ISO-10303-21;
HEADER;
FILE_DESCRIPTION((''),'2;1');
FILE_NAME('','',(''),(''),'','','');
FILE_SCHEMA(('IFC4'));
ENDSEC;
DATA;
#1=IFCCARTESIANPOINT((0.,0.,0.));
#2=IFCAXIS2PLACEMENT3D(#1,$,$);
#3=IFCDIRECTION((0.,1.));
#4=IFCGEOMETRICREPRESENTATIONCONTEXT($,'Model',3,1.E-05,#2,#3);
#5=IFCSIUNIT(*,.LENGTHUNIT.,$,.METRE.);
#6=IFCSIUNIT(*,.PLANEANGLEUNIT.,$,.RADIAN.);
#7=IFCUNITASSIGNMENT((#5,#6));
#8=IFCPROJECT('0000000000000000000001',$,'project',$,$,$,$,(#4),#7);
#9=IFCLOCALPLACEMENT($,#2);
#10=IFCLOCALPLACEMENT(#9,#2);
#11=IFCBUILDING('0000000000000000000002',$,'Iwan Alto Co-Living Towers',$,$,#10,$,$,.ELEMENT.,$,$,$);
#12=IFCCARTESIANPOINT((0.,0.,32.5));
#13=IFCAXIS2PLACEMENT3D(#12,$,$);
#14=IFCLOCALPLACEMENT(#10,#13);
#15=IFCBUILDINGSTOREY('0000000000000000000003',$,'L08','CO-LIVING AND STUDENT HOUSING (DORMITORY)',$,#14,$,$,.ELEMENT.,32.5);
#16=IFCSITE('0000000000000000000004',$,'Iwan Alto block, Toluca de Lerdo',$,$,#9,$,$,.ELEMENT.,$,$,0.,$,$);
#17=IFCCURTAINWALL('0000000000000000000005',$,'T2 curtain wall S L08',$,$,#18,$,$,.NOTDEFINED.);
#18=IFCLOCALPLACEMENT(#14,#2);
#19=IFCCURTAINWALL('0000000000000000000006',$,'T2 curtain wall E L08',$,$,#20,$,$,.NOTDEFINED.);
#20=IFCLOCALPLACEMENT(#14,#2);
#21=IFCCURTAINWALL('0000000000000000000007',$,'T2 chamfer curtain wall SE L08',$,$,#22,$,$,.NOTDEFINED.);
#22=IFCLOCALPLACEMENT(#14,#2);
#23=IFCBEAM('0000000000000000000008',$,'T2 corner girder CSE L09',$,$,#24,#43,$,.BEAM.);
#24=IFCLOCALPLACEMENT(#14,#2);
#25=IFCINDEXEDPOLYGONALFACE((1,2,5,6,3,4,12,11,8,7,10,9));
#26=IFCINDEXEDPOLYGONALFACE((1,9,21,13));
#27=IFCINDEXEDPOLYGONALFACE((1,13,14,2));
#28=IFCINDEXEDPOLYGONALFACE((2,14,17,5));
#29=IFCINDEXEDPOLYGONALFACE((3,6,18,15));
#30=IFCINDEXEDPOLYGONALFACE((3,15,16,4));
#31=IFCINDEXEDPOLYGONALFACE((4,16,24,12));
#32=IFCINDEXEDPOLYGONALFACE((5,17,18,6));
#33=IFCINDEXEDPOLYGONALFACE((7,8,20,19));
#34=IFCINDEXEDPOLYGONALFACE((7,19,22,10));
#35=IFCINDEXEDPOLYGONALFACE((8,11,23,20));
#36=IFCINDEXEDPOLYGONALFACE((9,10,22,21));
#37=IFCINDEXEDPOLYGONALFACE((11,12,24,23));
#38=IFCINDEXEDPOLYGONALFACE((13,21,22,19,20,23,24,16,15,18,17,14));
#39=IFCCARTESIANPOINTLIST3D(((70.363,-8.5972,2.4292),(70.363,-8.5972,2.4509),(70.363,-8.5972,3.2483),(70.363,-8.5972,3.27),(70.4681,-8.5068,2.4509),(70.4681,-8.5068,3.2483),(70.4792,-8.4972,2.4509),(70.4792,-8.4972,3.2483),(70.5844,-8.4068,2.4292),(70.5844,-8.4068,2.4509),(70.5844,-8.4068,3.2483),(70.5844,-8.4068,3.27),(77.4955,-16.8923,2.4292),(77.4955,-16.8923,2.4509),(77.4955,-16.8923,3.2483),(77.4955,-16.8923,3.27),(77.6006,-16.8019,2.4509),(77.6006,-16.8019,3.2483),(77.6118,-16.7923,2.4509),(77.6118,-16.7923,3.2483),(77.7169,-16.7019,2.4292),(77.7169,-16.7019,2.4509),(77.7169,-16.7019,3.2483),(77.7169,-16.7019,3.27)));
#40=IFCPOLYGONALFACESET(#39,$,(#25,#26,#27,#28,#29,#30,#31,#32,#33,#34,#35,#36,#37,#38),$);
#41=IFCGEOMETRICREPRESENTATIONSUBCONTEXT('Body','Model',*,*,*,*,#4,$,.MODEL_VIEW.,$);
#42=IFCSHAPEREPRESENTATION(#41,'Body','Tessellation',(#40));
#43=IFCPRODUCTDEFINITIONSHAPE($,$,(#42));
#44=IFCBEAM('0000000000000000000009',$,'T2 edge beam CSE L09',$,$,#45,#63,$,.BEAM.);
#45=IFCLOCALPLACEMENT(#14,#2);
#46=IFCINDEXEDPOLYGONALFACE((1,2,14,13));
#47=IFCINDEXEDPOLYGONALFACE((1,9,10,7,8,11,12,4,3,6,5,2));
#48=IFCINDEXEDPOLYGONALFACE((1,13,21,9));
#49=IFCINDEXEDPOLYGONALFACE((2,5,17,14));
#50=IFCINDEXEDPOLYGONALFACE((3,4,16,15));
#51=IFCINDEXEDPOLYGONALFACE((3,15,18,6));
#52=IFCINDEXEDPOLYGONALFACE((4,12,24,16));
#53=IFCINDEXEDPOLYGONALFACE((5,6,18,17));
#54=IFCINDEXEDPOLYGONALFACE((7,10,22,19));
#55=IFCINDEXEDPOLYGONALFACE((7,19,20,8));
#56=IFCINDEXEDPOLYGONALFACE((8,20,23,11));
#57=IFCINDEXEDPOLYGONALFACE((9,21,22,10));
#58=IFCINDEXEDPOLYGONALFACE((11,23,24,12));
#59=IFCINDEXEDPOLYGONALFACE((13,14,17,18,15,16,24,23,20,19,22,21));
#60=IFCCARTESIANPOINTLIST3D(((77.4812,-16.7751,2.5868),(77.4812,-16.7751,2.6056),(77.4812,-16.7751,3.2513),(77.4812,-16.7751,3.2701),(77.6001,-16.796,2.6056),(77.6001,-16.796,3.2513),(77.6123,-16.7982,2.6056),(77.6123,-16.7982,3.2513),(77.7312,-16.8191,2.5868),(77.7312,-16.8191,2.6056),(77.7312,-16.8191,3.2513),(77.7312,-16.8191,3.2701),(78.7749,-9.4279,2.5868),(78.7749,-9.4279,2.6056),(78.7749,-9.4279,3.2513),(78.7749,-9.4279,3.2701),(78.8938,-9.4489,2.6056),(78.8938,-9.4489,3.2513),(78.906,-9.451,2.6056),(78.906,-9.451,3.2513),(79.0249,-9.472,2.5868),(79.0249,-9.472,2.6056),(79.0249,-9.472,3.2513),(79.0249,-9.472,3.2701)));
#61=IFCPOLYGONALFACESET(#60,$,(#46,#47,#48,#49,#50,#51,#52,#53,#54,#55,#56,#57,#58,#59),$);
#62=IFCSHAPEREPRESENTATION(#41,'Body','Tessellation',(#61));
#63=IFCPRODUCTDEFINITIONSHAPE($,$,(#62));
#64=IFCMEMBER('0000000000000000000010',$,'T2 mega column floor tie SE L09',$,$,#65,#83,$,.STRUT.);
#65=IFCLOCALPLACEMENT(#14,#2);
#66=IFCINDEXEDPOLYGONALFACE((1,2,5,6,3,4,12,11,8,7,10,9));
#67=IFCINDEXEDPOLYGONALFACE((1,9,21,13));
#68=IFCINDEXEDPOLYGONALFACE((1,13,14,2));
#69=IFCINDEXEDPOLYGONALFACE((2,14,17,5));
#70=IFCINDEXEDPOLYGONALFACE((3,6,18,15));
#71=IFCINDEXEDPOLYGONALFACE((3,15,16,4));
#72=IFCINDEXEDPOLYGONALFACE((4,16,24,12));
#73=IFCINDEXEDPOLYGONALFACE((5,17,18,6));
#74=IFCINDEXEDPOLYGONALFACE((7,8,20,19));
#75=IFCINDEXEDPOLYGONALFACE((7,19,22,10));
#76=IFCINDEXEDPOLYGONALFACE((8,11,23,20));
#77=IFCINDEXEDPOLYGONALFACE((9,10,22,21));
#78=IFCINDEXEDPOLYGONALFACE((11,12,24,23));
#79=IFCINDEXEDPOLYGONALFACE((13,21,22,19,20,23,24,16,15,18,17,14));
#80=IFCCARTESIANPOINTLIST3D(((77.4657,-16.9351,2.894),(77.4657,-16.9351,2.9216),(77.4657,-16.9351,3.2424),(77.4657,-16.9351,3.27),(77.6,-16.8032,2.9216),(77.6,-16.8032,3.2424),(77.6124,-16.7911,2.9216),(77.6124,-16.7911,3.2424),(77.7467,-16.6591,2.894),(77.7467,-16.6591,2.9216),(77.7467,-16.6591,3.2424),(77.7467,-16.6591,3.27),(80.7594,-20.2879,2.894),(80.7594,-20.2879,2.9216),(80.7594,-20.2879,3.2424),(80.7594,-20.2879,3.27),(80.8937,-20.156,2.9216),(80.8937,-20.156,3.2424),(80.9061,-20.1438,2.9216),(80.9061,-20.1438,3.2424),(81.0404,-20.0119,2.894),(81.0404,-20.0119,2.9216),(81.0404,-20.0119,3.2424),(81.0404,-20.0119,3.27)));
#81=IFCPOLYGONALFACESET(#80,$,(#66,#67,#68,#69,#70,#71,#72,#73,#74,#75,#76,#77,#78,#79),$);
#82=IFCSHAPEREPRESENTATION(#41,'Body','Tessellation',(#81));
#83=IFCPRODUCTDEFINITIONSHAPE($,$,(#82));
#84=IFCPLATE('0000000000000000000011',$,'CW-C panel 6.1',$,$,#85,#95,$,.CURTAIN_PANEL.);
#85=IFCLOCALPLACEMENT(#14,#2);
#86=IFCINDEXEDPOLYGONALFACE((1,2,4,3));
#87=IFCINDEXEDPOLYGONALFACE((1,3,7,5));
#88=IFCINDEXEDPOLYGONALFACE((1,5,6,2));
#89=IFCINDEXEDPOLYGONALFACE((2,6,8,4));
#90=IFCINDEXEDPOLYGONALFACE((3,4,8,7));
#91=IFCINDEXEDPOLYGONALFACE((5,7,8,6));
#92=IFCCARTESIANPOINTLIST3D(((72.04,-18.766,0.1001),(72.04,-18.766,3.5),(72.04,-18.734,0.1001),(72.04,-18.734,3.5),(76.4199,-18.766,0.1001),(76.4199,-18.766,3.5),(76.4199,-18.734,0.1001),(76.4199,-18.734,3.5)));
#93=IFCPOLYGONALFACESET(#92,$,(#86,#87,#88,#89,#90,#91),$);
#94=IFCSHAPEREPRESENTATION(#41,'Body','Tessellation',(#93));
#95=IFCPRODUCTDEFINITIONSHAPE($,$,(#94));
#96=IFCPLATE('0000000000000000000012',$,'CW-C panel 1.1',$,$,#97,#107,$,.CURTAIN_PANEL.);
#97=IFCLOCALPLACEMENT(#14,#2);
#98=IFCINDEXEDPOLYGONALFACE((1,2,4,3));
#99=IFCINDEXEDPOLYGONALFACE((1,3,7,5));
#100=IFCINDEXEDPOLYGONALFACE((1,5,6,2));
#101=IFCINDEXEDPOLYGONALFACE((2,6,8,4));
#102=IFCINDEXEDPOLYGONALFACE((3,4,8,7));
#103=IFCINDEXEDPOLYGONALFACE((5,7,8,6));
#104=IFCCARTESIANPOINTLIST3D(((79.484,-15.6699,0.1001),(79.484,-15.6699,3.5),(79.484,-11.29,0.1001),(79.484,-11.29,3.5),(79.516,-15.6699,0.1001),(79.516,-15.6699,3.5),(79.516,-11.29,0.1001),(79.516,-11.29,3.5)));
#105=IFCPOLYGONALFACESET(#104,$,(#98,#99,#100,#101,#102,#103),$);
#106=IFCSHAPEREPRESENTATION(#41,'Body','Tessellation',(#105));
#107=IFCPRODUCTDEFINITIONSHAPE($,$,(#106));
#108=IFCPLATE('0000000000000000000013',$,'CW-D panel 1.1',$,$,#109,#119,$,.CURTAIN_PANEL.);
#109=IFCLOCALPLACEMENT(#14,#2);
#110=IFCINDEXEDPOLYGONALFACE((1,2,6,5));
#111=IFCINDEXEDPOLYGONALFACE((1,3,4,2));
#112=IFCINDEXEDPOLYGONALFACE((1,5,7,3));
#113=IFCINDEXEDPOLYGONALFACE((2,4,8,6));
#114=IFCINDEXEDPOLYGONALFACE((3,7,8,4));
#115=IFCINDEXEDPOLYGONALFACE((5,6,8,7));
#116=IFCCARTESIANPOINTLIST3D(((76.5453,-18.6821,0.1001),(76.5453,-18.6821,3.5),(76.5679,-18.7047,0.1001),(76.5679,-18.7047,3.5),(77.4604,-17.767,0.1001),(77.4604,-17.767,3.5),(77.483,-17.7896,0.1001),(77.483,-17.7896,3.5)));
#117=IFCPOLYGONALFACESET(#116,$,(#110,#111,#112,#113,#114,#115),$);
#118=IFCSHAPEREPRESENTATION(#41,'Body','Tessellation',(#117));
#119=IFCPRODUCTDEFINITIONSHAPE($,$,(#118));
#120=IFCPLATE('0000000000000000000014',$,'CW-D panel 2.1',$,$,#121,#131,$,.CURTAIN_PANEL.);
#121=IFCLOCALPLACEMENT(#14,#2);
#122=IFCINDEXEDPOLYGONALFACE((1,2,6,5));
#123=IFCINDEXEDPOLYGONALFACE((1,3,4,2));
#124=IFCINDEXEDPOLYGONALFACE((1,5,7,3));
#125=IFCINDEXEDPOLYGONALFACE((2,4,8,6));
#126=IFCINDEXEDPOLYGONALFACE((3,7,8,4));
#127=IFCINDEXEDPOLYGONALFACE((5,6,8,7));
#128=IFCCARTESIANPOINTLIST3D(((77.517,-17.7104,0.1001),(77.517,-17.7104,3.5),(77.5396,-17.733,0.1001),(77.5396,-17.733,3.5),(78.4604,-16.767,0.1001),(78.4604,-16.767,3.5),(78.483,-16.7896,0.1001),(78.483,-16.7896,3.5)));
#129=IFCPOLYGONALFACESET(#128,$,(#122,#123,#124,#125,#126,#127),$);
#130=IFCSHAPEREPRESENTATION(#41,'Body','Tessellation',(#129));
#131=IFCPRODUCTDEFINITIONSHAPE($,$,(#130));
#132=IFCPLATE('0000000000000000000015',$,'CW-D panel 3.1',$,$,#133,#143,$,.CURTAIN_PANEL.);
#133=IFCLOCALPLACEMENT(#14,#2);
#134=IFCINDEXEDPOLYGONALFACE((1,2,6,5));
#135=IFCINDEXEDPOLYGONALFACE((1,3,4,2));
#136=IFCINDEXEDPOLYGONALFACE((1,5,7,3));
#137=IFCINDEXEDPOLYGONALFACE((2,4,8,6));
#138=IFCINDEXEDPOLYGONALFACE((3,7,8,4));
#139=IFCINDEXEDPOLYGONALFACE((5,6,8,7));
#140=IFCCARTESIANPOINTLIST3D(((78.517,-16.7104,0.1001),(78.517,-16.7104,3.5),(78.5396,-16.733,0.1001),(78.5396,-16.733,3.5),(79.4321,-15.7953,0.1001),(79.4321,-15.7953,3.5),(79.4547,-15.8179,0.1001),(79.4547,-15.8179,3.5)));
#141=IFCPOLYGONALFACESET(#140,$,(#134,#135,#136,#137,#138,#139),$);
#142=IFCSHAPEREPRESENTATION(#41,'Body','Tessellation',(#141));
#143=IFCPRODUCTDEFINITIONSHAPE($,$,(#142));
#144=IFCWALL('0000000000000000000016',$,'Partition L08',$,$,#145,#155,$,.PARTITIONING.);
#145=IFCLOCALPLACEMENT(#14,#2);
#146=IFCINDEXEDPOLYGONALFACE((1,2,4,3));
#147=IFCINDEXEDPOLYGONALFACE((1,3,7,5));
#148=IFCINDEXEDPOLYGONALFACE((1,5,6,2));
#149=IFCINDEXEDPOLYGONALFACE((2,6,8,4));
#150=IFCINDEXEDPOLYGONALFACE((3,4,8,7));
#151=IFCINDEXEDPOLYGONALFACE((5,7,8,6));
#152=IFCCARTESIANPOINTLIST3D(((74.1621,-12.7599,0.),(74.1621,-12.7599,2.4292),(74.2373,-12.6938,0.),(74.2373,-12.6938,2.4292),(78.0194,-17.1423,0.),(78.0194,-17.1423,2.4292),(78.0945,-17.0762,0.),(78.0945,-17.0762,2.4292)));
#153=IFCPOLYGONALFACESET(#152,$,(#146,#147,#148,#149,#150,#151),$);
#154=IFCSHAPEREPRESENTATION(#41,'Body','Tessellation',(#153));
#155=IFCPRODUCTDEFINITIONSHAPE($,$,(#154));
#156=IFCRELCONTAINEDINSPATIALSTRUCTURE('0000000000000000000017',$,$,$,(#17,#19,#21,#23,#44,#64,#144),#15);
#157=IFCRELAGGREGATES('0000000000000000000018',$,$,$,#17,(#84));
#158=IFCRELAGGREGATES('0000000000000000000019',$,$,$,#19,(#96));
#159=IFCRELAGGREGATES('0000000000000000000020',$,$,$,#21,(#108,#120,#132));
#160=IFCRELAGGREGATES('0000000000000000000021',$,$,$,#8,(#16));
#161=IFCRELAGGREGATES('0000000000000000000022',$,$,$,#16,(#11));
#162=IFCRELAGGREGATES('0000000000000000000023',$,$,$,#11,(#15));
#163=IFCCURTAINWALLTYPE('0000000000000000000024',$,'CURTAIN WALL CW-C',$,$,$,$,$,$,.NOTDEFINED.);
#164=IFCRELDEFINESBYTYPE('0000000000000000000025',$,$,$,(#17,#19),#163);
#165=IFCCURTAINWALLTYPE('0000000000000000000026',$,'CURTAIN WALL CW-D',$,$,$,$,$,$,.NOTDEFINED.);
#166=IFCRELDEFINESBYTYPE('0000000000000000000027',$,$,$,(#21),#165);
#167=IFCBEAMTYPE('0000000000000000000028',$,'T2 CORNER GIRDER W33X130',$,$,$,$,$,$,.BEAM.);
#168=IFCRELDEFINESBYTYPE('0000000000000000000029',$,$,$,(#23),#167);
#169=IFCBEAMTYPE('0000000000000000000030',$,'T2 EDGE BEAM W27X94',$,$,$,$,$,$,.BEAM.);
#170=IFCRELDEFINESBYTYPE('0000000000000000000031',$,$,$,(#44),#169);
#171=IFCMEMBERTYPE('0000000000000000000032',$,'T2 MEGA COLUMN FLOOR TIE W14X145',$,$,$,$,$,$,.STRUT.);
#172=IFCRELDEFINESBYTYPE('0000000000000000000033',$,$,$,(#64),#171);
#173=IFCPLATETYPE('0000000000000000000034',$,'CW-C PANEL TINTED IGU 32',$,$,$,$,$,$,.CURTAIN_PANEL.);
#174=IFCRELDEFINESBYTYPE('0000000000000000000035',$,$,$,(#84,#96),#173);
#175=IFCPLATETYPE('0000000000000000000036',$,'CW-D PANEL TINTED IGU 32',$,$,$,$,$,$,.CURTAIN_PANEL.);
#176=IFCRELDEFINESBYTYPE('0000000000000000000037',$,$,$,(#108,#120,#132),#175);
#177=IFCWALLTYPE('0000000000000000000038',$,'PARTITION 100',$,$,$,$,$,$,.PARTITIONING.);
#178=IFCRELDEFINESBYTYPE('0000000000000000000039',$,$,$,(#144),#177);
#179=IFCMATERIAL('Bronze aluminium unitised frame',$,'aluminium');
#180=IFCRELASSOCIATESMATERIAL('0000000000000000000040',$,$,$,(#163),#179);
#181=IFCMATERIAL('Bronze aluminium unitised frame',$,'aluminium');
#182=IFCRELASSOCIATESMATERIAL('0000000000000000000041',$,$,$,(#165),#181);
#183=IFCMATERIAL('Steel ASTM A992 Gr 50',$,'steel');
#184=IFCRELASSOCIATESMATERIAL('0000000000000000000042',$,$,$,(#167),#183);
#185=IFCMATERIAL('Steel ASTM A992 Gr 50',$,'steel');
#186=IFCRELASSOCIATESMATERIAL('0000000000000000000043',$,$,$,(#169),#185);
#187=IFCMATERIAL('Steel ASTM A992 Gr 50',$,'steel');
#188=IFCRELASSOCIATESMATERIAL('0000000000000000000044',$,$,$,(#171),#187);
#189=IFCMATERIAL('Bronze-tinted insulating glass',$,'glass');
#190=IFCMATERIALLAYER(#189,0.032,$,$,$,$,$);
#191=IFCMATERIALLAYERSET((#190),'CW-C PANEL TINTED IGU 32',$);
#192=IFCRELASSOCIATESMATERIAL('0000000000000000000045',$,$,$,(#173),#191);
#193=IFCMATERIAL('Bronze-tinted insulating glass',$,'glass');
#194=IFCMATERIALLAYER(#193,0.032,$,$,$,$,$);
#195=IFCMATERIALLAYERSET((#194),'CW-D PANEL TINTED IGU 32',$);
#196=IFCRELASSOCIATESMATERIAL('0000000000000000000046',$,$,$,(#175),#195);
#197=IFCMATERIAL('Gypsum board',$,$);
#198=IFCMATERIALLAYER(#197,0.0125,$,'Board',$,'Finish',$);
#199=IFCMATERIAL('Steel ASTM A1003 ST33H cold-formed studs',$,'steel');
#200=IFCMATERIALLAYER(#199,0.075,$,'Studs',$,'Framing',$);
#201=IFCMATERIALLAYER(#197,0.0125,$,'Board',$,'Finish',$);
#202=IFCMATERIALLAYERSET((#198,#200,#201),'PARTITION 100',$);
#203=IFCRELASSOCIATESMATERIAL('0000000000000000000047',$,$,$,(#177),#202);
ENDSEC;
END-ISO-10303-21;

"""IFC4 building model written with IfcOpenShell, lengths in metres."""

from ifc_helpers import new_model, si_unit, direction, frame, frame_2d, origin, origin_2d, place, context, subcontext, project, spatial, rectangle, i_section, extrude, material, layer, layer_set, material_profile, profile_set, type_object, element, aggregate, save


model = new_model("IFC4")

# Units and contexts
model_context = context("Model", 3, precision=1e-05, world=origin(), true_north=direction((0.0, 1.0)))
body_context = subcontext(model_context, "Body", "Model", "MODEL_VIEW")
ifc_project = project(units=[si_unit("LENGTHUNIT", "METRE"), si_unit("PLANEANGLEUNIT", "RADIAN")], contexts=[model_context])

# Site, building, storey
site_placement = place(None, origin())
site = spatial("IfcSite", under=ifc_project, at=site_placement, Name="Iwan Alto block, Toluca de Lerdo", CompositionType="ELEMENT", RefElevation=0.0)
building_placement = place(site_placement, origin())
building = spatial("IfcBuilding", under=site, at=building_placement, Name="Iwan Alto Co-Living Towers", CompositionType="ELEMENT")
storey_placement = place(building_placement, frame((0.0, 0.0, 32.5)))
storey = spatial("IfcBuildingStorey", under=building, at=storey_placement, Name="L08", Description="CO-LIVING AND STUDENT HOUSING (DORMITORY)", CompositionType="ELEMENT", Elevation=32.5)

# Curtain wall
ifc_material_1 = material(Name="Bronze aluminium unitised frame", Category="aluminium")
curtain_wall_type_1 = type_object("IfcCurtainWallType", Name="CURTAIN WALL CW-C", PredefinedType="NOTDEFINED", material=ifc_material_1)
curtain_wall_1_placement = place(storey_placement, origin())
curtain_wall_1 = element("IfcCurtainWall", 1, at=curtain_wall_1_placement, inside=storey, type_object=curtain_wall_type_1, Name="T2 curtain wall S L08", PredefinedType="NOTDEFINED")

# Curtain walls
curtain_wall_2_placement = place(storey_placement, origin())
curtain_wall_2 = element("IfcCurtainWall", 2, at=curtain_wall_2_placement, inside=storey, type_object=curtain_wall_type_1, Name="T2 curtain wall E L08", PredefinedType="NOTDEFINED")
ifc_material_2 = material(Name="Bronze aluminium unitised frame", Category="aluminium")
curtain_wall_type_2 = type_object("IfcCurtainWallType", Name="CURTAIN WALL CW-D", PredefinedType="NOTDEFINED", material=ifc_material_2)
curtain_wall_3_placement = place(storey_placement, origin())
curtain_wall_3 = element("IfcCurtainWall", 3, at=curtain_wall_3_placement, inside=storey, type_object=curtain_wall_type_2, Name="T2 chamfer curtain wall SE L08", PredefinedType="NOTDEFINED")

# Beams
ifc_material_3 = material(Name="Steel ASTM A992 Gr 50", Category="steel")
ifc_material_profile_1 = material_profile(ifc_material_3, i_section(OverallWidth=0.292, OverallDepth=0.8408, WebThickness=0.0146, FlangeThickness=0.0217, at=origin_2d()), Name="W33X130")
ifc_profile_set_1 = profile_set([ifc_material_profile_1], Name="Steel ASTM A992 Gr 50")
beam_type_1 = type_object("IfcBeamType", Name="T2 CORNER GIRDER W33X130", PredefinedType="BEAM", material=ifc_profile_set_1)
beam_1_placement = place(storey_placement, frame((77.6062, -16.7971, 2.8496), z_axis=(-0.651972, 0.758243, 0.0), x_axis=(-0.758243, -0.651972, 0.0)))
element("IfcBeam", 4, at=beam_1_placement, inside=storey, type_object=beam_type_1, Name="T2 corner girder CSE L09", PredefinedType="BEAM", context=body_context, shape_type="SweptSolid", body=[
    extrude(i_section(OverallWidth=0.292, OverallDepth=0.8408, WebThickness=0.0146, FlangeThickness=0.0217, at=origin_2d()), origin(), (0.0, 0.0, 1.0), 10.9399),
])
ifc_material_4 = material(Name="Steel ASTM A992 Gr 50", Category="steel")
ifc_material_profile_2 = material_profile(ifc_material_4, i_section(OverallWidth=0.2539, OverallDepth=0.6833, WebThickness=0.0125, FlangeThickness=0.0188, at=origin_2d()), Name="W27X94")
ifc_profile_set_2 = profile_set([ifc_material_profile_2], Name="Steel ASTM A992 Gr 50")
beam_type_2 = type_object("IfcBeamType", Name="T2 EDGE BEAM W27X94", PredefinedType="BEAM", material=ifc_profile_set_2)
beam_2_placement = place(storey_placement, frame((77.6062, -16.7971, 2.9285), z_axis=(0.173414, 0.984849, 0.0), x_axis=(-0.984849, 0.173414, 0.0)))
element("IfcBeam", 5, at=beam_2_placement, inside=storey, type_object=beam_type_2, Name="T2 edge beam CSE L09", PredefinedType="BEAM", context=body_context, shape_type="SweptSolid", body=[
    extrude(i_section(OverallWidth=0.2539, OverallDepth=0.6833, WebThickness=0.0125, FlangeThickness=0.0188, at=origin_2d()), origin(), (0.0, 0.0, 1.0), 7.4602),
])

# Member
ifc_material_5 = material(Name="Steel ASTM A992 Gr 50", Category="steel")
ifc_material_profile_3 = material_profile(ifc_material_5, i_section(OverallWidth=0.3938, OverallDepth=0.376, WebThickness=0.0173, FlangeThickness=0.0276, at=origin_2d()), Name="W14X145")
ifc_profile_set_3 = profile_set([ifc_material_profile_3], Name="Steel ASTM A992 Gr 50")
member_type_1 = type_object("IfcMemberType", Name="T2 MEGA COLUMN FLOOR TIE W14X145", PredefinedType="STRUT", material=ifc_profile_set_3)
member_1_placement = place(storey_placement, frame((80.8999, -20.1499, 3.082), z_axis=(-0.700793, 0.713364, 0.0), x_axis=(-0.713364, -0.700793, 0.0)))
element("IfcMember", 6, at=member_1_placement, inside=storey, type_object=member_type_1, Name="T2 mega column floor tie SE L09", PredefinedType="STRUT", context=body_context, shape_type="SweptSolid", body=[
    extrude(i_section(OverallWidth=0.3938, OverallDepth=0.376, WebThickness=0.0173, FlangeThickness=0.0276, at=origin_2d()), origin(), (0.0, 0.0, 1.0), 4.7),
])

# Plates
ifc_material_6 = material(Name="Bronze-tinted insulating glass", Category="glass")
ifc_layer_1 = layer(ifc_material_6, 0.032)
ifc_layer_set_1 = layer_set([ifc_layer_1], Name="CW-C PANEL TINTED IGU 32")
plate_type_1 = type_object("IfcPlateType", Name="CW-C PANEL TINTED IGU 32", PredefinedType="CURTAIN_PANEL", material=ifc_layer_set_1)
plate_1_placement = place(storey_placement, frame((74.23, -18.75, 0.1001), z_axis=(0.0, 0.0, 1.0), x_axis=(1.0, 0.0, 0.0)))
plate_1 = element("IfcPlate", 7, at=plate_1_placement, type_object=plate_type_1, Name="CW-C panel 6.1", PredefinedType="CURTAIN_PANEL", context=body_context, shape_type="SweptSolid", body=[
    extrude(rectangle(XDim=4.3799, YDim=0.032, at=origin_2d()), origin(), (0.0, 0.0, 1.0), 3.3999),
])
aggregate(curtain_wall_1, [plate_1])
plate_2_placement = place(storey_placement, frame((79.5, -13.48, 0.1001), z_axis=(0.0, 0.0, 1.0), x_axis=(0.0, 1.0, 0.0)))
plate_2 = element("IfcPlate", 8, at=plate_2_placement, type_object=plate_type_1, Name="CW-C panel 1.1", PredefinedType="CURTAIN_PANEL", context=body_context, shape_type="SweptSolid", body=[
    extrude(rectangle(XDim=4.3799, YDim=0.032, at=origin_2d()), origin(), (0.0, 0.0, 1.0), 3.3999),
])
aggregate(curtain_wall_2, [plate_2])
ifc_material_7 = material(Name="Bronze-tinted insulating glass", Category="glass")
ifc_layer_2 = layer(ifc_material_7, 0.032)
ifc_layer_set_2 = layer_set([ifc_layer_2], Name="CW-D PANEL TINTED IGU 32")
plate_type_2 = type_object("IfcPlateType", Name="CW-D PANEL TINTED IGU 32", PredefinedType="CURTAIN_PANEL", material=ifc_layer_set_2)
plate_3_placement = place(storey_placement, frame((77.0142, -18.2358, 0.1001), z_axis=(0.0, 0.0, 1.0), x_axis=(0.707107, 0.707107, 0.0)))
plate_3 = element("IfcPlate", 9, at=plate_3_placement, type_object=plate_type_2, Name="CW-D panel 1.1", PredefinedType="CURTAIN_PANEL", context=body_context, shape_type="SweptSolid", body=[
    extrude(rectangle(XDim=1.2942, YDim=0.032, at=origin_2d()), origin(), (0.0, 0.0, 1.0), 3.3999),
])
plate_4_placement = place(storey_placement, frame((78.0, -17.25, 0.1001), z_axis=(0.0, 0.0, 1.0), x_axis=(0.707107, 0.707107, 0.0)))
plate_4 = element("IfcPlate", 10, at=plate_4_placement, type_object=plate_type_2, Name="CW-D panel 2.1", PredefinedType="CURTAIN_PANEL", context=body_context, shape_type="SweptSolid", body=[
    extrude(rectangle(XDim=1.3342, YDim=0.032, at=origin_2d()), origin(), (0.0, 0.0, 1.0), 3.3999),
])
plate_5_placement = place(storey_placement, frame((78.9858, -16.2642, 0.1001), z_axis=(0.0, 0.0, 1.0), x_axis=(0.707107, 0.707107, 0.0)))
plate_5 = element("IfcPlate", 11, at=plate_5_placement, type_object=plate_type_2, Name="CW-D panel 3.1", PredefinedType="CURTAIN_PANEL", context=body_context, shape_type="SweptSolid", body=[
    extrude(rectangle(XDim=1.2942, YDim=0.032, at=origin_2d()), origin(), (0.0, 0.0, 1.0), 3.3999),
])
aggregate(curtain_wall_3, [plate_3, plate_4, plate_5])

# Wall
ifc_material_8 = material(Name="Gypsum board")
ifc_layer_3 = layer(ifc_material_8, 0.0125, Name="Board", Category="Finish")
ifc_material_9 = material(Name="Steel ASTM A1003 ST33H cold-formed studs", Category="steel")
ifc_layer_4 = layer(ifc_material_9, 0.075, Name="Studs", Category="Framing")
ifc_layer_5 = layer(ifc_material_8, 0.0125, Name="Board", Category="Finish")
ifc_layer_set_3 = layer_set([ifc_layer_3, ifc_layer_4, ifc_layer_5], Name="PARTITION 100")
wall_type = type_object("IfcWallType", Name="PARTITION 100", PredefinedType="PARTITIONING", material=ifc_layer_set_3)
wall_placement = place(storey_placement, frame((78.0569, -17.1091, 0.0), z_axis=(0.0, 0.0, 1.0), x_axis=(-0.660699, 0.750651, 0.0)))
element("IfcWall", 12, at=wall_placement, inside=storey, type_object=wall_type, Name="Partition L08", PredefinedType="PARTITIONING", context=body_context, shape_type="SweptSolid", body=[
    extrude(rectangle(XDim=5.8381, YDim=0.1001, at=frame_2d((2.9189, 0.0))), origin(), (0.0, 0.0, 1.0), 2.4292),
])

save(model, "model.ifc")
